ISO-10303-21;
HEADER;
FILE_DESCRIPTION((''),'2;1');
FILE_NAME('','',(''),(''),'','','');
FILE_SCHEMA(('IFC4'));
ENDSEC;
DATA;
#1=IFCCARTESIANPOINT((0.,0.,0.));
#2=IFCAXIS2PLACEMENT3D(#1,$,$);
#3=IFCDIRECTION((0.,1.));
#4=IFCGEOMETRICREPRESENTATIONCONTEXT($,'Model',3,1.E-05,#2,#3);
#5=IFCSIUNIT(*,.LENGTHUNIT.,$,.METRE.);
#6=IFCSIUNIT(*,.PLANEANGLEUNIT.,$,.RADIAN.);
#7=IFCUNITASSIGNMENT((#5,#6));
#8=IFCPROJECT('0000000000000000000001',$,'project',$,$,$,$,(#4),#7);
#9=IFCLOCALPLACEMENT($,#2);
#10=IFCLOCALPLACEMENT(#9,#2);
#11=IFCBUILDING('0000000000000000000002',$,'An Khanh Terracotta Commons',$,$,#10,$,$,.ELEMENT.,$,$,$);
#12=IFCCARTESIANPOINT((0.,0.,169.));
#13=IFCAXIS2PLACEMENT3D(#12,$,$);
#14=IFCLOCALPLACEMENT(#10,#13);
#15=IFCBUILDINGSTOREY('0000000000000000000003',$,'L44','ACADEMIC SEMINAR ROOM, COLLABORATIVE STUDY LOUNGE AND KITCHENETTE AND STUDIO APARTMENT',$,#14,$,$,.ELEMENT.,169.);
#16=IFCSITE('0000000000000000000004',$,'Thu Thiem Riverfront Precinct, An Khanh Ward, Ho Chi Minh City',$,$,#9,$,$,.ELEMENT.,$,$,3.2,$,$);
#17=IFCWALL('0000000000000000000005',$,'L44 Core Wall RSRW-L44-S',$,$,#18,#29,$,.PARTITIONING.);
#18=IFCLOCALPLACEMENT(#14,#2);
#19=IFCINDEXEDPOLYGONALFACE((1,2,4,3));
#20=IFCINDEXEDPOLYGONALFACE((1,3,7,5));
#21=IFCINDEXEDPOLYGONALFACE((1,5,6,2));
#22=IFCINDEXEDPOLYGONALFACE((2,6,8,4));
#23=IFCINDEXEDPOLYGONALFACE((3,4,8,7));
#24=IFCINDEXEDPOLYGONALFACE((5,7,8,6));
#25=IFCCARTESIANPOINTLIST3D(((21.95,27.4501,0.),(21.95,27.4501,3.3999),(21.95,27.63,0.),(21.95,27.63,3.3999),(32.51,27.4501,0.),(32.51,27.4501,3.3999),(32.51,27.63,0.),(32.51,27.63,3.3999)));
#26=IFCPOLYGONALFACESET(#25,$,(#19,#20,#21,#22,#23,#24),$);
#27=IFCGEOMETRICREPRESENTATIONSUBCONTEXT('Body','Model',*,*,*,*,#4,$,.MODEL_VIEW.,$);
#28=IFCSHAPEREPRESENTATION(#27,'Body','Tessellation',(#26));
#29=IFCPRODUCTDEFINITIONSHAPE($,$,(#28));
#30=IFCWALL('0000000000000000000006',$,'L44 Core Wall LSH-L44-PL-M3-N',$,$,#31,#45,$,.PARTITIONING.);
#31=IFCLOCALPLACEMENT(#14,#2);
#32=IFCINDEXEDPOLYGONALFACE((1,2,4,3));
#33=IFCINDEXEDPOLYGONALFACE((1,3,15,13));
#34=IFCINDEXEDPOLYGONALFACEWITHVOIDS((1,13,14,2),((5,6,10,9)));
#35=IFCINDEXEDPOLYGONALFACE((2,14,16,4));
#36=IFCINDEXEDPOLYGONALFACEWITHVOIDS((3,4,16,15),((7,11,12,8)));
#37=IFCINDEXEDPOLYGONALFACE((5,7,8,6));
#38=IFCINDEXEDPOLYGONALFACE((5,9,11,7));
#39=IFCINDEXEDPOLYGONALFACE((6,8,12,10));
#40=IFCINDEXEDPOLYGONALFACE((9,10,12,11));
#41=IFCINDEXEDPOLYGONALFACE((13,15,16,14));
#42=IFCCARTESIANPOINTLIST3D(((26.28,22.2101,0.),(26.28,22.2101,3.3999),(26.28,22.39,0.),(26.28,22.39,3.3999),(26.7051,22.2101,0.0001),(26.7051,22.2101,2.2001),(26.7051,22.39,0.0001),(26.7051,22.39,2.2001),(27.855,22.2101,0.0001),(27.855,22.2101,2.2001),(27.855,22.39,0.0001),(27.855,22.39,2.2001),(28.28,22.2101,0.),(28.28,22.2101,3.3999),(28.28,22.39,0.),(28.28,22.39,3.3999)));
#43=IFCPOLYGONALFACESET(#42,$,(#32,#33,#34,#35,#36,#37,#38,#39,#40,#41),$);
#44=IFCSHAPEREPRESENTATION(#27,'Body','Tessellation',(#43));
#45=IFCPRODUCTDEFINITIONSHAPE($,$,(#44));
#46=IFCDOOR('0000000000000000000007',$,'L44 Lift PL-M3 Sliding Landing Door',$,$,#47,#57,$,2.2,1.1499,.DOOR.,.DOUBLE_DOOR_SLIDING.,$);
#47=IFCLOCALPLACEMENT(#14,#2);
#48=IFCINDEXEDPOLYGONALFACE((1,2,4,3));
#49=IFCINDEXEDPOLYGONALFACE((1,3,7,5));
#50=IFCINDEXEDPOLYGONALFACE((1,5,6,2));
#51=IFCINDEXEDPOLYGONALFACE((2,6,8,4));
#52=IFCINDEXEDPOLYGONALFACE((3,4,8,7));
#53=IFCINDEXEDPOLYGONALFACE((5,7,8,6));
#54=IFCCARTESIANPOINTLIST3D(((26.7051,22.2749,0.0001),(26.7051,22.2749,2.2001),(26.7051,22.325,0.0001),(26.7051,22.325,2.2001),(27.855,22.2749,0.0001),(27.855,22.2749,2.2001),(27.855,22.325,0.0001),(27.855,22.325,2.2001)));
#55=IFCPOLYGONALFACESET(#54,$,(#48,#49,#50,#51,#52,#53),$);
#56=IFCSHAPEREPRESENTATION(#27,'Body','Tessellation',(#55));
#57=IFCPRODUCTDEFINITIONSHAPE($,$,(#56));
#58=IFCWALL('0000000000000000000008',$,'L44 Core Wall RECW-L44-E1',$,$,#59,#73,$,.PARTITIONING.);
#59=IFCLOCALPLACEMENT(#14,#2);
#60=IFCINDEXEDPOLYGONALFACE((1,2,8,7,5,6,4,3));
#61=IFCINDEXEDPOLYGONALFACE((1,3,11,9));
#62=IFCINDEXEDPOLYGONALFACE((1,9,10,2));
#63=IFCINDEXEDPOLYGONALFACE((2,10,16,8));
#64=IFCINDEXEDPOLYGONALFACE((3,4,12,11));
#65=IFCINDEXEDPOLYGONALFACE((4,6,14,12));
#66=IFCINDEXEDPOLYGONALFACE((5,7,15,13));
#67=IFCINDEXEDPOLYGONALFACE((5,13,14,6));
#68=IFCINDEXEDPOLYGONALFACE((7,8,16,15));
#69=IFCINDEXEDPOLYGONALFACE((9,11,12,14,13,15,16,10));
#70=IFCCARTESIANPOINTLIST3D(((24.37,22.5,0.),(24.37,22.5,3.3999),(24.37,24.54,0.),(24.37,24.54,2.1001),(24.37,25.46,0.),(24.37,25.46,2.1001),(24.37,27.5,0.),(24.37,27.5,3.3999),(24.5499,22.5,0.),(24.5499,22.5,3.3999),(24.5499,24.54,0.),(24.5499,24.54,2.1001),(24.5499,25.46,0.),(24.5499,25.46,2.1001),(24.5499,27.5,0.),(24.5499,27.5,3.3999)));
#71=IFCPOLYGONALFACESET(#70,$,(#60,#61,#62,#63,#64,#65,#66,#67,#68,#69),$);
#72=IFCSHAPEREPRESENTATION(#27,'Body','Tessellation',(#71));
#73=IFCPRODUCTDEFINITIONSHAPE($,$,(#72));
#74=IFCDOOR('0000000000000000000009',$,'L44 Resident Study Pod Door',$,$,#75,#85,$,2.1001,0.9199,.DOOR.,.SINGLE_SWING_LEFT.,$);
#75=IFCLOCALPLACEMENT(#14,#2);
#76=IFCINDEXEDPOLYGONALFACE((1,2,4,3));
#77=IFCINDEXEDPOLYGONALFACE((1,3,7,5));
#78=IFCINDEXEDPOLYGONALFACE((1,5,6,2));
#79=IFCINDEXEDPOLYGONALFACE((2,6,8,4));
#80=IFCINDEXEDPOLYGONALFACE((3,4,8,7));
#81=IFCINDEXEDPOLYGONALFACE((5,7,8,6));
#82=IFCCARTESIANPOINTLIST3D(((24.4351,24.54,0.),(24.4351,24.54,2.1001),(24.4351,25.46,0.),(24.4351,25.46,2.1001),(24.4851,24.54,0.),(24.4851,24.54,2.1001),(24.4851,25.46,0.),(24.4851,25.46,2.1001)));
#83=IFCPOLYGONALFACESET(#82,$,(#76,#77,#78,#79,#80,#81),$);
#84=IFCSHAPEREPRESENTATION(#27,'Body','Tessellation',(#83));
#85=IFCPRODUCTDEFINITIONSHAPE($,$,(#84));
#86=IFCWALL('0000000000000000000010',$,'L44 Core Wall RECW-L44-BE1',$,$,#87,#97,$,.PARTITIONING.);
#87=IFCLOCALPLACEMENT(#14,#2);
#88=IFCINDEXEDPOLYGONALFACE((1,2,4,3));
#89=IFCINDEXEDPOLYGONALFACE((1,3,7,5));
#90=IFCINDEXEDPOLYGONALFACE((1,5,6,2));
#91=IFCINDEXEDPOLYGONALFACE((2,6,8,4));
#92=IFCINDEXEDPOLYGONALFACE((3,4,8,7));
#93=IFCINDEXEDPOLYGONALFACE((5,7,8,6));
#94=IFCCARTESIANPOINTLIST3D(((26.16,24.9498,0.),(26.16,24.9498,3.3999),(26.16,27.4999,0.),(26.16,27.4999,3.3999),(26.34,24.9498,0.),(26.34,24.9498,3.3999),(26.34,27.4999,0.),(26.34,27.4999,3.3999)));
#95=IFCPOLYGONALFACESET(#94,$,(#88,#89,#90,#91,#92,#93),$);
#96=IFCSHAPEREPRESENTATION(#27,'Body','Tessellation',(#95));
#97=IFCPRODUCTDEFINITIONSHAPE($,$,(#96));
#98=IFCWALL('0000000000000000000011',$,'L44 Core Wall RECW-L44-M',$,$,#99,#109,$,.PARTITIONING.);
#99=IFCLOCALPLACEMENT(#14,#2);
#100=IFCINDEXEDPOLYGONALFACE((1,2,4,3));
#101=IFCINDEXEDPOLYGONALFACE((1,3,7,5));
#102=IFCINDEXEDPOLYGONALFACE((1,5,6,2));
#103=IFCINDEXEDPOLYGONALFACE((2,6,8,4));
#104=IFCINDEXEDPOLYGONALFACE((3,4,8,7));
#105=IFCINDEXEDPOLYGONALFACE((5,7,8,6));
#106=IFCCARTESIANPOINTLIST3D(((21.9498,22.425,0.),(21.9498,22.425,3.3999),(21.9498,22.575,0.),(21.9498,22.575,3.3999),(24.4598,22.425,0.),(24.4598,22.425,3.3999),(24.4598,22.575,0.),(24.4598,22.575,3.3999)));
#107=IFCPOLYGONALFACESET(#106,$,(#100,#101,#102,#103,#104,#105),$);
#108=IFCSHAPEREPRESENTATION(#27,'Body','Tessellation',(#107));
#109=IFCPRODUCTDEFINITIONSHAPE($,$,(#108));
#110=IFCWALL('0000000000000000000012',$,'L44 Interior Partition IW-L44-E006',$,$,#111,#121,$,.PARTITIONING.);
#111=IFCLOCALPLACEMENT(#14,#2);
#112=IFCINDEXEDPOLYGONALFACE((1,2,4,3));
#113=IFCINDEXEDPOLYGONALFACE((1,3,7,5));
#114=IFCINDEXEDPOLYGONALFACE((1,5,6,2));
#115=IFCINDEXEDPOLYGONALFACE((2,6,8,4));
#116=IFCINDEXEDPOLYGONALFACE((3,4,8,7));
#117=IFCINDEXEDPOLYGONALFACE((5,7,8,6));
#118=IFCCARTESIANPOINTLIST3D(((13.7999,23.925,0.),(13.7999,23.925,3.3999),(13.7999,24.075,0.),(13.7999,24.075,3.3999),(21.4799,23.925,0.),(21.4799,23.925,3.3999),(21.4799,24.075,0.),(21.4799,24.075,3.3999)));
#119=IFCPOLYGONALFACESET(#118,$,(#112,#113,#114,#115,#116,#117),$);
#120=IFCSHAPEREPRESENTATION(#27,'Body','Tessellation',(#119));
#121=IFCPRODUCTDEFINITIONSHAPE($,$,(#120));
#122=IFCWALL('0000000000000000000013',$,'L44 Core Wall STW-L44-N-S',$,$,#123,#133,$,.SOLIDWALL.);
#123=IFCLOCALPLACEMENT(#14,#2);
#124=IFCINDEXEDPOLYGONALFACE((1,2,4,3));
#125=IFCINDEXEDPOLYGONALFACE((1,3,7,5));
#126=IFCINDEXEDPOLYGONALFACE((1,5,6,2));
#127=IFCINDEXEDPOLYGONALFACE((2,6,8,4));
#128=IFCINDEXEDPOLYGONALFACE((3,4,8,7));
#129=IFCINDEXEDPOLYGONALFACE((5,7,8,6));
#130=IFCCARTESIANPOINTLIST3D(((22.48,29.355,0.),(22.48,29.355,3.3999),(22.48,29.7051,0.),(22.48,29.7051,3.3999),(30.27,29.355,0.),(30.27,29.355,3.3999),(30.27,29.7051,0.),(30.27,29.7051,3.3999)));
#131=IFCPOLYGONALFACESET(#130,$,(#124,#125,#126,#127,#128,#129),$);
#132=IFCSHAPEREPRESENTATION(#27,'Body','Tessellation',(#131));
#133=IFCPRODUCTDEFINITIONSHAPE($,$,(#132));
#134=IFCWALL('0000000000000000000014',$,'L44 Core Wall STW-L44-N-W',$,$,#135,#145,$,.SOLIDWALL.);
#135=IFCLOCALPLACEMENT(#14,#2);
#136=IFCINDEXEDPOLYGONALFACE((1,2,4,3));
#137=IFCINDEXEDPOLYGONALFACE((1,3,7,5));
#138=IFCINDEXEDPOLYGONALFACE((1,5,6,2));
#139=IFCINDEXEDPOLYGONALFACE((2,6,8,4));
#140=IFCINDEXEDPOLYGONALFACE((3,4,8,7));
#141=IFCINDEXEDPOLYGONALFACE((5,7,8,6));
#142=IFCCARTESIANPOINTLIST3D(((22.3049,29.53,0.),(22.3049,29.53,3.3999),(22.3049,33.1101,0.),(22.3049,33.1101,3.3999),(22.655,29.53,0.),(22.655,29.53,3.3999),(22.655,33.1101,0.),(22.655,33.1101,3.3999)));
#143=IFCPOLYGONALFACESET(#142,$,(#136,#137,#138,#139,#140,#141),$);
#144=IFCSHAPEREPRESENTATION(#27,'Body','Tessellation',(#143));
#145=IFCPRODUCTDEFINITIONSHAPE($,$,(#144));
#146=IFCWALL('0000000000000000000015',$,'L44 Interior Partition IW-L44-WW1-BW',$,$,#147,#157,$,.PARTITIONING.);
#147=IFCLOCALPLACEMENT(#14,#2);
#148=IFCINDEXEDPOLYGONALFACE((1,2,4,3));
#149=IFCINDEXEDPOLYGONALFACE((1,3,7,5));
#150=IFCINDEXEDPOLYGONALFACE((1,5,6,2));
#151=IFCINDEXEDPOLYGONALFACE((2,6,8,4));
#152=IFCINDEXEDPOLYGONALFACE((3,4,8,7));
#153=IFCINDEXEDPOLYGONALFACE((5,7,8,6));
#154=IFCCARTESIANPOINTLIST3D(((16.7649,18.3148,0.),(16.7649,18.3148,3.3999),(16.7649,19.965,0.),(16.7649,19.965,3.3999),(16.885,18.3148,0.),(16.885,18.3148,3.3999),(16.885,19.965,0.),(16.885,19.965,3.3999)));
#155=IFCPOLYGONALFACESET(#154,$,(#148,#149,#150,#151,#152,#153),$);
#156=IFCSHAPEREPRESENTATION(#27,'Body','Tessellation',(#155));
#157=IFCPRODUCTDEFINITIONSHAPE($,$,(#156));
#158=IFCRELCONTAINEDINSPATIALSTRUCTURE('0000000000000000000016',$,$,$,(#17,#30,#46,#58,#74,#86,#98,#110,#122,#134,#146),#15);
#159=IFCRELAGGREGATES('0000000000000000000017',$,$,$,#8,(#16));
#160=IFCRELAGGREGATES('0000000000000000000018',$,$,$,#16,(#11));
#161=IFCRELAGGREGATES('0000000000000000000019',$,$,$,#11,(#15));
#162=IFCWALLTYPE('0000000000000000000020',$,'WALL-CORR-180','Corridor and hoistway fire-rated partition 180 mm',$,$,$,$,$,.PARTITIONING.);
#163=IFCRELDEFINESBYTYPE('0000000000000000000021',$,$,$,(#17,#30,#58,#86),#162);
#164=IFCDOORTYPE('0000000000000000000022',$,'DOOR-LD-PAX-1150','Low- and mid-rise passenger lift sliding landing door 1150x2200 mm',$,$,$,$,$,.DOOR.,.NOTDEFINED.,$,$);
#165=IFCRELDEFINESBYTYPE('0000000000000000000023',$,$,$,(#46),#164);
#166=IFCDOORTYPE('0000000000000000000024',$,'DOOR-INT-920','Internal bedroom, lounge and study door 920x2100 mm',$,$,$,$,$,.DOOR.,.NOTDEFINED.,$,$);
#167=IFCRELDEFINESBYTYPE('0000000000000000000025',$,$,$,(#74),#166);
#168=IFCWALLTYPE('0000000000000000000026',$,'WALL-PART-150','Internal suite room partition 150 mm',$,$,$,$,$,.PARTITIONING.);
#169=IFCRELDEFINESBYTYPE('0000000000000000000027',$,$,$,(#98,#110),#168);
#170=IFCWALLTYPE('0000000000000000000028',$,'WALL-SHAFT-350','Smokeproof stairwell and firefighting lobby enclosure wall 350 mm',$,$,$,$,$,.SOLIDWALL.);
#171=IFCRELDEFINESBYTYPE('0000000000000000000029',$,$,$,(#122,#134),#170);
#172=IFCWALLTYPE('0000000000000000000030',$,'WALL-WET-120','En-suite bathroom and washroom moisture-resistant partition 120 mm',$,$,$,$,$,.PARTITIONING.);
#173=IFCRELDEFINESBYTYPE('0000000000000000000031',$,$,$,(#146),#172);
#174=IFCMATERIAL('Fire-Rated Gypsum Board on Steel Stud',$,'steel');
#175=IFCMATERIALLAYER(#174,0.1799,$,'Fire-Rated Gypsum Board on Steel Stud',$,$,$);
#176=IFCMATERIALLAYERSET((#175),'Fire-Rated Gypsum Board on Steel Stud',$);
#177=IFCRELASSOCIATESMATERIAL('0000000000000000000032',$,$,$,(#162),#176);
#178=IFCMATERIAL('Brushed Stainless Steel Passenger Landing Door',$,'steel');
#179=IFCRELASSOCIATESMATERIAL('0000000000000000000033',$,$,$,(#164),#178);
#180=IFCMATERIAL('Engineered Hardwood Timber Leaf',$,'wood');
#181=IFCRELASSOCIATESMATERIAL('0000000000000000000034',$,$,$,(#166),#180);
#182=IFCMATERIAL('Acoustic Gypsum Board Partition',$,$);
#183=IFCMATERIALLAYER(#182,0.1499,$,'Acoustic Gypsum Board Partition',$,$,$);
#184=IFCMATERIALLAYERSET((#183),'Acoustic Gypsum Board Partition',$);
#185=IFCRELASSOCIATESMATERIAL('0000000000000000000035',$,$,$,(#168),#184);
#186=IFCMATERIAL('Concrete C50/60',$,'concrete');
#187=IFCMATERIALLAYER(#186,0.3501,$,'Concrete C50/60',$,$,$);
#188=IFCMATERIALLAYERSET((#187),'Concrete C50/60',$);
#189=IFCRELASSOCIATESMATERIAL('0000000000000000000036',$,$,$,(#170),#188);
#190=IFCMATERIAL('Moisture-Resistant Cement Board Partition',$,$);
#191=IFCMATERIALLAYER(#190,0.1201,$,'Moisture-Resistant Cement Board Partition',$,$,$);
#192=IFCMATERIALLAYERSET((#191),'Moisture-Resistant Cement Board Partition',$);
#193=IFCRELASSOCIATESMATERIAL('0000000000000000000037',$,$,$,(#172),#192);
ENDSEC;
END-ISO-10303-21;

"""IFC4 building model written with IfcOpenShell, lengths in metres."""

from ifc_helpers import new_model, si_unit, direction, frame, frame_2d, origin, place, context, subcontext, project, spatial, rectangle, extrude, material, layer, layer_set, type_object, element, fill, save


model = new_model("IFC4")

# Units and contexts
model_context = context("Model", 3, precision=1e-05, world=origin(), true_north=direction((0.0, 1.0)))
body_context = subcontext(model_context, "Body", "Model", "MODEL_VIEW")
ifc_project = project(units=[si_unit("LENGTHUNIT", "METRE"), si_unit("PLANEANGLEUNIT", "RADIAN")], contexts=[model_context])

# Site, building, storey
site_placement = place(None, origin())
site = spatial("IfcSite", under=ifc_project, at=site_placement, Name="Thu Thiem Riverfront Precinct, An Khanh Ward, Ho Chi Minh City", CompositionType="ELEMENT", RefElevation=3.2)
building_placement = place(site_placement, origin())
building = spatial("IfcBuilding", under=site, at=building_placement, Name="An Khanh Terracotta Commons", CompositionType="ELEMENT")
storey_placement = place(building_placement, frame((0.0, 0.0, 169.0)))
storey = spatial("IfcBuildingStorey", under=building, at=storey_placement, Name="L44", Description="ACADEMIC SEMINAR ROOM, COLLABORATIVE STUDY LOUNGE AND KITCHENETTE AND STUDIO APARTMENT", CompositionType="ELEMENT", Elevation=169.0)

# Wall
ifc_material_1 = material(Name="Fire-Rated Gypsum Board on Steel Stud", Category="steel")
ifc_layer_1 = layer(ifc_material_1, 0.1799, Name="Fire-Rated Gypsum Board on Steel Stud")
ifc_layer_set_1 = layer_set([ifc_layer_1], Name="Fire-Rated Gypsum Board on Steel Stud")
wall_type_1 = type_object("IfcWallType", Name="WALL-CORR-180", Description="Corridor and hoistway fire-rated partition 180 mm", PredefinedType="PARTITIONING", material=ifc_layer_set_1)
wall_1_placement = place(storey_placement, frame((21.95, 27.54, 0.0), z_axis=(0.0, 0.0, 1.0), x_axis=(1.0, 0.0, 0.0)))
element("IfcWall", 1, at=wall_1_placement, inside=storey, type_object=wall_type_1, Name="L44 Core Wall RSRW-L44-S", PredefinedType="PARTITIONING", context=body_context, shape_type="SweptSolid", body=[
    extrude(rectangle(XDim=10.5601, YDim=0.1799, at=frame_2d((5.28, 0.0))), origin(), (0.0, 0.0, 1.0), 3.3999),
])

# Walls, openings, doors
wall_2_placement = place(storey_placement, frame((26.28, 22.3, 0.0), z_axis=(0.0, 0.0, 1.0), x_axis=(1.0, 0.0, 0.0)))
wall_2 = element("IfcWall", 2, at=wall_2_placement, inside=storey, type_object=wall_type_1, Name="L44 Core Wall LSH-L44-PL-M3-N", PredefinedType="PARTITIONING", context=body_context, shape_type="SweptSolid", body=[
    extrude(rectangle(XDim=2.0, YDim=0.1799, at=frame_2d((1.0, 0.0))), origin(), (0.0, 0.0, 1.0), 3.3999),
])
opening_1_placement = place(wall_2_placement, frame((0.425, 0.0, 0.0)))
opening_1 = element("IfcOpeningElement", 3, at=opening_1_placement, cuts=wall_2, PredefinedType="OPENING", context=body_context, shape_type="SweptSolid", body=[
    extrude(rectangle(XDim=1.1499, YDim=2.2, at=frame_2d((0.575, 1.1001))), frame((0.0, 0.0999, 0.0), z_axis=(0.0, -1.0, 0.0), x_axis=(1.0, 0.0, 0.0)), (0.0, 0.0, 1.0), 0.2),
])
ifc_material_2 = material(Name="Brushed Stainless Steel Passenger Landing Door", Category="steel")
door_type_1 = type_object("IfcDoorType", Name="DOOR-LD-PAX-1150", Description="Low- and mid-rise passenger lift sliding landing door 1150x2200 mm", OperationType="NOTDEFINED", PredefinedType="DOOR", material=ifc_material_2)
door_1_placement = place(opening_1_placement, origin())
door_1 = element("IfcDoor", 4, at=door_1_placement, inside=storey, type_object=door_type_1, Name="L44 Lift PL-M3 Sliding Landing Door", OperationType="DOUBLE_DOOR_SLIDING", OverallHeight=2.2, OverallWidth=1.1499, PredefinedType="DOOR", context=body_context, shape_type="SweptSolid", body=[
    extrude(rectangle(XDim=1.1499, YDim=2.2, at=frame_2d((0.575, 1.1001))), frame((0.0, 0.0249, 0.0), z_axis=(0.0, -1.0, 0.0), x_axis=(1.0, 0.0, 0.0)), (0.0, 0.0, 1.0), 0.05),
])
fill(opening_1, door_1)
wall_3_placement = place(storey_placement, frame((24.46, 22.5, 0.0), z_axis=(0.0, 0.0, 1.0), x_axis=(0.0, 1.0, 0.0)))
wall_3 = element("IfcWall", 5, at=wall_3_placement, inside=storey, type_object=wall_type_1, Name="L44 Core Wall RECW-L44-E1", PredefinedType="PARTITIONING", context=body_context, shape_type="SweptSolid", body=[
    extrude(rectangle(XDim=5.0, YDim=0.1799, at=frame_2d((2.5, 0.0))), origin(), (0.0, 0.0, 1.0), 3.3999),
])
opening_2_placement = place(wall_3_placement, frame((2.04, 0.0, 0.0)))
opening_2 = element("IfcOpeningElement", 6, at=opening_2_placement, cuts=wall_3, PredefinedType="OPENING", context=body_context, shape_type="SweptSolid", body=[
    extrude(rectangle(XDim=0.9199, YDim=2.1001, at=frame_2d((0.46, 1.05))), frame((0.0, 0.0999, 0.0), z_axis=(0.0, -1.0, 0.0), x_axis=(1.0, 0.0, 0.0)), (0.0, 0.0, 1.0), 0.2),
])
ifc_material_3 = material(Name="Engineered Hardwood Timber Leaf", Category="wood")
door_type_2 = type_object("IfcDoorType", Name="DOOR-INT-920", Description="Internal bedroom, lounge and study door 920x2100 mm", OperationType="NOTDEFINED", PredefinedType="DOOR", material=ifc_material_3)
door_2_placement = place(opening_2_placement, origin())
door_2 = element("IfcDoor", 7, at=door_2_placement, inside=storey, type_object=door_type_2, Name="L44 Resident Study Pod Door", OperationType="SINGLE_SWING_LEFT", OverallHeight=2.1001, OverallWidth=0.9199, PredefinedType="DOOR", context=body_context, shape_type="SweptSolid", body=[
    extrude(rectangle(XDim=0.9199, YDim=2.1001, at=frame_2d((0.46, 1.05))), frame((0.0, 0.0249, 0.0), z_axis=(0.0, -1.0, 0.0), x_axis=(1.0, 0.0, 0.0)), (0.0, 0.0, 1.0), 0.05),
])
fill(opening_2, door_2)

# Walls
wall_4_placement = place(storey_placement, frame((26.25, 24.95, 0.0), z_axis=(0.0, 0.0, 1.0), x_axis=(0.0, 1.0, 0.0)))
element("IfcWall", 8, at=wall_4_placement, inside=storey, type_object=wall_type_1, Name="L44 Core Wall RECW-L44-BE1", PredefinedType="PARTITIONING", context=body_context, shape_type="SweptSolid", body=[
    extrude(rectangle(XDim=2.55, YDim=0.1799, at=frame_2d((1.2749, 0.0))), origin(), (0.0, 0.0, 1.0), 3.3999),
])
ifc_material_4 = material(Name="Acoustic Gypsum Board Partition")
ifc_layer_2 = layer(ifc_material_4, 0.1499, Name="Acoustic Gypsum Board Partition")
ifc_layer_set_2 = layer_set([ifc_layer_2], Name="Acoustic Gypsum Board Partition")
wall_type_2 = type_object("IfcWallType", Name="WALL-PART-150", Description="Internal suite room partition 150 mm", PredefinedType="PARTITIONING", material=ifc_layer_set_2)
wall_5_placement = place(storey_placement, frame((21.95, 22.5, 0.0), z_axis=(0.0, 0.0, 1.0), x_axis=(1.0, 0.0, 0.0)))
element("IfcWall", 9, at=wall_5_placement, inside=storey, type_object=wall_type_2, Name="L44 Core Wall RECW-L44-M", PredefinedType="PARTITIONING", context=body_context, shape_type="SweptSolid", body=[
    extrude(rectangle(XDim=2.51, YDim=0.1499, at=frame_2d((1.2549, 0.0))), origin(), (0.0, 0.0, 1.0), 3.3999),
])
wall_6_placement = place(storey_placement, frame((13.8, 24.0, 0.0), z_axis=(0.0, 0.0, 1.0), x_axis=(1.0, 0.0, 0.0)))
element("IfcWall", 10, at=wall_6_placement, inside=storey, type_object=wall_type_2, Name="L44 Interior Partition IW-L44-E006", PredefinedType="PARTITIONING", context=body_context, shape_type="SweptSolid", body=[
    extrude(rectangle(XDim=7.6799, YDim=0.1499, at=frame_2d((3.8398, 0.0))), origin(), (0.0, 0.0, 1.0), 3.3999),
])
ifc_material_5 = material(Name="Concrete C50/60", Category="concrete")
ifc_layer_3 = layer(ifc_material_5, 0.3501, Name="Concrete C50/60")
ifc_layer_set_3 = layer_set([ifc_layer_3], Name="Concrete C50/60")
wall_type_3 = type_object("IfcWallType", Name="WALL-SHAFT-350", Description="Smokeproof stairwell and firefighting lobby enclosure wall 350 mm", PredefinedType="SOLIDWALL", material=ifc_layer_set_3)
wall_7_placement = place(storey_placement, frame((22.48, 29.53, 0.0), z_axis=(0.0, 0.0, 1.0), x_axis=(1.0, 0.0, 0.0)))
element("IfcWall", 11, at=wall_7_placement, inside=storey, type_object=wall_type_3, Name="L44 Core Wall STW-L44-N-S", PredefinedType="SOLIDWALL", context=body_context, shape_type="SweptSolid", body=[
    extrude(rectangle(XDim=7.79, YDim=0.3501, at=frame_2d((3.895, 0.0))), origin(), (0.0, 0.0, 1.0), 3.3999),
])
wall_8_placement = place(storey_placement, frame((22.48, 29.53, 0.0), z_axis=(0.0, 0.0, 1.0), x_axis=(0.0, 1.0, 0.0)))
element("IfcWall", 12, at=wall_8_placement, inside=storey, type_object=wall_type_3, Name="L44 Core Wall STW-L44-N-W", PredefinedType="SOLIDWALL", context=body_context, shape_type="SweptSolid", body=[
    extrude(rectangle(XDim=3.5801, YDim=0.3501, at=frame_2d((1.79, 0.0))), origin(), (0.0, 0.0, 1.0), 3.3999),
])
ifc_material_6 = material(Name="Moisture-Resistant Cement Board Partition")
ifc_layer_4 = layer(ifc_material_6, 0.1201, Name="Moisture-Resistant Cement Board Partition")
ifc_layer_set_4 = layer_set([ifc_layer_4], Name="Moisture-Resistant Cement Board Partition")
wall_type_4 = type_object("IfcWallType", Name="WALL-WET-120", Description="En-suite bathroom and washroom moisture-resistant partition 120 mm", PredefinedType="PARTITIONING", material=ifc_layer_set_4)
wall_9_placement = place(storey_placement, frame((16.825, 19.9651, 0.0), z_axis=(0.0, 0.0, 1.0), x_axis=(0.0, -1.0, 0.0)))
element("IfcWall", 13, at=wall_9_placement, inside=storey, type_object=wall_type_4, Name="L44 Interior Partition IW-L44-WW1-BW", PredefinedType="PARTITIONING", context=body_context, shape_type="SweptSolid", body=[
    extrude(rectangle(XDim=1.6501, YDim=0.1201, at=frame_2d((0.8252, 0.0))), origin(), (0.0, 0.0, 1.0), 3.3999),
])

save(model, "model.ifc")
